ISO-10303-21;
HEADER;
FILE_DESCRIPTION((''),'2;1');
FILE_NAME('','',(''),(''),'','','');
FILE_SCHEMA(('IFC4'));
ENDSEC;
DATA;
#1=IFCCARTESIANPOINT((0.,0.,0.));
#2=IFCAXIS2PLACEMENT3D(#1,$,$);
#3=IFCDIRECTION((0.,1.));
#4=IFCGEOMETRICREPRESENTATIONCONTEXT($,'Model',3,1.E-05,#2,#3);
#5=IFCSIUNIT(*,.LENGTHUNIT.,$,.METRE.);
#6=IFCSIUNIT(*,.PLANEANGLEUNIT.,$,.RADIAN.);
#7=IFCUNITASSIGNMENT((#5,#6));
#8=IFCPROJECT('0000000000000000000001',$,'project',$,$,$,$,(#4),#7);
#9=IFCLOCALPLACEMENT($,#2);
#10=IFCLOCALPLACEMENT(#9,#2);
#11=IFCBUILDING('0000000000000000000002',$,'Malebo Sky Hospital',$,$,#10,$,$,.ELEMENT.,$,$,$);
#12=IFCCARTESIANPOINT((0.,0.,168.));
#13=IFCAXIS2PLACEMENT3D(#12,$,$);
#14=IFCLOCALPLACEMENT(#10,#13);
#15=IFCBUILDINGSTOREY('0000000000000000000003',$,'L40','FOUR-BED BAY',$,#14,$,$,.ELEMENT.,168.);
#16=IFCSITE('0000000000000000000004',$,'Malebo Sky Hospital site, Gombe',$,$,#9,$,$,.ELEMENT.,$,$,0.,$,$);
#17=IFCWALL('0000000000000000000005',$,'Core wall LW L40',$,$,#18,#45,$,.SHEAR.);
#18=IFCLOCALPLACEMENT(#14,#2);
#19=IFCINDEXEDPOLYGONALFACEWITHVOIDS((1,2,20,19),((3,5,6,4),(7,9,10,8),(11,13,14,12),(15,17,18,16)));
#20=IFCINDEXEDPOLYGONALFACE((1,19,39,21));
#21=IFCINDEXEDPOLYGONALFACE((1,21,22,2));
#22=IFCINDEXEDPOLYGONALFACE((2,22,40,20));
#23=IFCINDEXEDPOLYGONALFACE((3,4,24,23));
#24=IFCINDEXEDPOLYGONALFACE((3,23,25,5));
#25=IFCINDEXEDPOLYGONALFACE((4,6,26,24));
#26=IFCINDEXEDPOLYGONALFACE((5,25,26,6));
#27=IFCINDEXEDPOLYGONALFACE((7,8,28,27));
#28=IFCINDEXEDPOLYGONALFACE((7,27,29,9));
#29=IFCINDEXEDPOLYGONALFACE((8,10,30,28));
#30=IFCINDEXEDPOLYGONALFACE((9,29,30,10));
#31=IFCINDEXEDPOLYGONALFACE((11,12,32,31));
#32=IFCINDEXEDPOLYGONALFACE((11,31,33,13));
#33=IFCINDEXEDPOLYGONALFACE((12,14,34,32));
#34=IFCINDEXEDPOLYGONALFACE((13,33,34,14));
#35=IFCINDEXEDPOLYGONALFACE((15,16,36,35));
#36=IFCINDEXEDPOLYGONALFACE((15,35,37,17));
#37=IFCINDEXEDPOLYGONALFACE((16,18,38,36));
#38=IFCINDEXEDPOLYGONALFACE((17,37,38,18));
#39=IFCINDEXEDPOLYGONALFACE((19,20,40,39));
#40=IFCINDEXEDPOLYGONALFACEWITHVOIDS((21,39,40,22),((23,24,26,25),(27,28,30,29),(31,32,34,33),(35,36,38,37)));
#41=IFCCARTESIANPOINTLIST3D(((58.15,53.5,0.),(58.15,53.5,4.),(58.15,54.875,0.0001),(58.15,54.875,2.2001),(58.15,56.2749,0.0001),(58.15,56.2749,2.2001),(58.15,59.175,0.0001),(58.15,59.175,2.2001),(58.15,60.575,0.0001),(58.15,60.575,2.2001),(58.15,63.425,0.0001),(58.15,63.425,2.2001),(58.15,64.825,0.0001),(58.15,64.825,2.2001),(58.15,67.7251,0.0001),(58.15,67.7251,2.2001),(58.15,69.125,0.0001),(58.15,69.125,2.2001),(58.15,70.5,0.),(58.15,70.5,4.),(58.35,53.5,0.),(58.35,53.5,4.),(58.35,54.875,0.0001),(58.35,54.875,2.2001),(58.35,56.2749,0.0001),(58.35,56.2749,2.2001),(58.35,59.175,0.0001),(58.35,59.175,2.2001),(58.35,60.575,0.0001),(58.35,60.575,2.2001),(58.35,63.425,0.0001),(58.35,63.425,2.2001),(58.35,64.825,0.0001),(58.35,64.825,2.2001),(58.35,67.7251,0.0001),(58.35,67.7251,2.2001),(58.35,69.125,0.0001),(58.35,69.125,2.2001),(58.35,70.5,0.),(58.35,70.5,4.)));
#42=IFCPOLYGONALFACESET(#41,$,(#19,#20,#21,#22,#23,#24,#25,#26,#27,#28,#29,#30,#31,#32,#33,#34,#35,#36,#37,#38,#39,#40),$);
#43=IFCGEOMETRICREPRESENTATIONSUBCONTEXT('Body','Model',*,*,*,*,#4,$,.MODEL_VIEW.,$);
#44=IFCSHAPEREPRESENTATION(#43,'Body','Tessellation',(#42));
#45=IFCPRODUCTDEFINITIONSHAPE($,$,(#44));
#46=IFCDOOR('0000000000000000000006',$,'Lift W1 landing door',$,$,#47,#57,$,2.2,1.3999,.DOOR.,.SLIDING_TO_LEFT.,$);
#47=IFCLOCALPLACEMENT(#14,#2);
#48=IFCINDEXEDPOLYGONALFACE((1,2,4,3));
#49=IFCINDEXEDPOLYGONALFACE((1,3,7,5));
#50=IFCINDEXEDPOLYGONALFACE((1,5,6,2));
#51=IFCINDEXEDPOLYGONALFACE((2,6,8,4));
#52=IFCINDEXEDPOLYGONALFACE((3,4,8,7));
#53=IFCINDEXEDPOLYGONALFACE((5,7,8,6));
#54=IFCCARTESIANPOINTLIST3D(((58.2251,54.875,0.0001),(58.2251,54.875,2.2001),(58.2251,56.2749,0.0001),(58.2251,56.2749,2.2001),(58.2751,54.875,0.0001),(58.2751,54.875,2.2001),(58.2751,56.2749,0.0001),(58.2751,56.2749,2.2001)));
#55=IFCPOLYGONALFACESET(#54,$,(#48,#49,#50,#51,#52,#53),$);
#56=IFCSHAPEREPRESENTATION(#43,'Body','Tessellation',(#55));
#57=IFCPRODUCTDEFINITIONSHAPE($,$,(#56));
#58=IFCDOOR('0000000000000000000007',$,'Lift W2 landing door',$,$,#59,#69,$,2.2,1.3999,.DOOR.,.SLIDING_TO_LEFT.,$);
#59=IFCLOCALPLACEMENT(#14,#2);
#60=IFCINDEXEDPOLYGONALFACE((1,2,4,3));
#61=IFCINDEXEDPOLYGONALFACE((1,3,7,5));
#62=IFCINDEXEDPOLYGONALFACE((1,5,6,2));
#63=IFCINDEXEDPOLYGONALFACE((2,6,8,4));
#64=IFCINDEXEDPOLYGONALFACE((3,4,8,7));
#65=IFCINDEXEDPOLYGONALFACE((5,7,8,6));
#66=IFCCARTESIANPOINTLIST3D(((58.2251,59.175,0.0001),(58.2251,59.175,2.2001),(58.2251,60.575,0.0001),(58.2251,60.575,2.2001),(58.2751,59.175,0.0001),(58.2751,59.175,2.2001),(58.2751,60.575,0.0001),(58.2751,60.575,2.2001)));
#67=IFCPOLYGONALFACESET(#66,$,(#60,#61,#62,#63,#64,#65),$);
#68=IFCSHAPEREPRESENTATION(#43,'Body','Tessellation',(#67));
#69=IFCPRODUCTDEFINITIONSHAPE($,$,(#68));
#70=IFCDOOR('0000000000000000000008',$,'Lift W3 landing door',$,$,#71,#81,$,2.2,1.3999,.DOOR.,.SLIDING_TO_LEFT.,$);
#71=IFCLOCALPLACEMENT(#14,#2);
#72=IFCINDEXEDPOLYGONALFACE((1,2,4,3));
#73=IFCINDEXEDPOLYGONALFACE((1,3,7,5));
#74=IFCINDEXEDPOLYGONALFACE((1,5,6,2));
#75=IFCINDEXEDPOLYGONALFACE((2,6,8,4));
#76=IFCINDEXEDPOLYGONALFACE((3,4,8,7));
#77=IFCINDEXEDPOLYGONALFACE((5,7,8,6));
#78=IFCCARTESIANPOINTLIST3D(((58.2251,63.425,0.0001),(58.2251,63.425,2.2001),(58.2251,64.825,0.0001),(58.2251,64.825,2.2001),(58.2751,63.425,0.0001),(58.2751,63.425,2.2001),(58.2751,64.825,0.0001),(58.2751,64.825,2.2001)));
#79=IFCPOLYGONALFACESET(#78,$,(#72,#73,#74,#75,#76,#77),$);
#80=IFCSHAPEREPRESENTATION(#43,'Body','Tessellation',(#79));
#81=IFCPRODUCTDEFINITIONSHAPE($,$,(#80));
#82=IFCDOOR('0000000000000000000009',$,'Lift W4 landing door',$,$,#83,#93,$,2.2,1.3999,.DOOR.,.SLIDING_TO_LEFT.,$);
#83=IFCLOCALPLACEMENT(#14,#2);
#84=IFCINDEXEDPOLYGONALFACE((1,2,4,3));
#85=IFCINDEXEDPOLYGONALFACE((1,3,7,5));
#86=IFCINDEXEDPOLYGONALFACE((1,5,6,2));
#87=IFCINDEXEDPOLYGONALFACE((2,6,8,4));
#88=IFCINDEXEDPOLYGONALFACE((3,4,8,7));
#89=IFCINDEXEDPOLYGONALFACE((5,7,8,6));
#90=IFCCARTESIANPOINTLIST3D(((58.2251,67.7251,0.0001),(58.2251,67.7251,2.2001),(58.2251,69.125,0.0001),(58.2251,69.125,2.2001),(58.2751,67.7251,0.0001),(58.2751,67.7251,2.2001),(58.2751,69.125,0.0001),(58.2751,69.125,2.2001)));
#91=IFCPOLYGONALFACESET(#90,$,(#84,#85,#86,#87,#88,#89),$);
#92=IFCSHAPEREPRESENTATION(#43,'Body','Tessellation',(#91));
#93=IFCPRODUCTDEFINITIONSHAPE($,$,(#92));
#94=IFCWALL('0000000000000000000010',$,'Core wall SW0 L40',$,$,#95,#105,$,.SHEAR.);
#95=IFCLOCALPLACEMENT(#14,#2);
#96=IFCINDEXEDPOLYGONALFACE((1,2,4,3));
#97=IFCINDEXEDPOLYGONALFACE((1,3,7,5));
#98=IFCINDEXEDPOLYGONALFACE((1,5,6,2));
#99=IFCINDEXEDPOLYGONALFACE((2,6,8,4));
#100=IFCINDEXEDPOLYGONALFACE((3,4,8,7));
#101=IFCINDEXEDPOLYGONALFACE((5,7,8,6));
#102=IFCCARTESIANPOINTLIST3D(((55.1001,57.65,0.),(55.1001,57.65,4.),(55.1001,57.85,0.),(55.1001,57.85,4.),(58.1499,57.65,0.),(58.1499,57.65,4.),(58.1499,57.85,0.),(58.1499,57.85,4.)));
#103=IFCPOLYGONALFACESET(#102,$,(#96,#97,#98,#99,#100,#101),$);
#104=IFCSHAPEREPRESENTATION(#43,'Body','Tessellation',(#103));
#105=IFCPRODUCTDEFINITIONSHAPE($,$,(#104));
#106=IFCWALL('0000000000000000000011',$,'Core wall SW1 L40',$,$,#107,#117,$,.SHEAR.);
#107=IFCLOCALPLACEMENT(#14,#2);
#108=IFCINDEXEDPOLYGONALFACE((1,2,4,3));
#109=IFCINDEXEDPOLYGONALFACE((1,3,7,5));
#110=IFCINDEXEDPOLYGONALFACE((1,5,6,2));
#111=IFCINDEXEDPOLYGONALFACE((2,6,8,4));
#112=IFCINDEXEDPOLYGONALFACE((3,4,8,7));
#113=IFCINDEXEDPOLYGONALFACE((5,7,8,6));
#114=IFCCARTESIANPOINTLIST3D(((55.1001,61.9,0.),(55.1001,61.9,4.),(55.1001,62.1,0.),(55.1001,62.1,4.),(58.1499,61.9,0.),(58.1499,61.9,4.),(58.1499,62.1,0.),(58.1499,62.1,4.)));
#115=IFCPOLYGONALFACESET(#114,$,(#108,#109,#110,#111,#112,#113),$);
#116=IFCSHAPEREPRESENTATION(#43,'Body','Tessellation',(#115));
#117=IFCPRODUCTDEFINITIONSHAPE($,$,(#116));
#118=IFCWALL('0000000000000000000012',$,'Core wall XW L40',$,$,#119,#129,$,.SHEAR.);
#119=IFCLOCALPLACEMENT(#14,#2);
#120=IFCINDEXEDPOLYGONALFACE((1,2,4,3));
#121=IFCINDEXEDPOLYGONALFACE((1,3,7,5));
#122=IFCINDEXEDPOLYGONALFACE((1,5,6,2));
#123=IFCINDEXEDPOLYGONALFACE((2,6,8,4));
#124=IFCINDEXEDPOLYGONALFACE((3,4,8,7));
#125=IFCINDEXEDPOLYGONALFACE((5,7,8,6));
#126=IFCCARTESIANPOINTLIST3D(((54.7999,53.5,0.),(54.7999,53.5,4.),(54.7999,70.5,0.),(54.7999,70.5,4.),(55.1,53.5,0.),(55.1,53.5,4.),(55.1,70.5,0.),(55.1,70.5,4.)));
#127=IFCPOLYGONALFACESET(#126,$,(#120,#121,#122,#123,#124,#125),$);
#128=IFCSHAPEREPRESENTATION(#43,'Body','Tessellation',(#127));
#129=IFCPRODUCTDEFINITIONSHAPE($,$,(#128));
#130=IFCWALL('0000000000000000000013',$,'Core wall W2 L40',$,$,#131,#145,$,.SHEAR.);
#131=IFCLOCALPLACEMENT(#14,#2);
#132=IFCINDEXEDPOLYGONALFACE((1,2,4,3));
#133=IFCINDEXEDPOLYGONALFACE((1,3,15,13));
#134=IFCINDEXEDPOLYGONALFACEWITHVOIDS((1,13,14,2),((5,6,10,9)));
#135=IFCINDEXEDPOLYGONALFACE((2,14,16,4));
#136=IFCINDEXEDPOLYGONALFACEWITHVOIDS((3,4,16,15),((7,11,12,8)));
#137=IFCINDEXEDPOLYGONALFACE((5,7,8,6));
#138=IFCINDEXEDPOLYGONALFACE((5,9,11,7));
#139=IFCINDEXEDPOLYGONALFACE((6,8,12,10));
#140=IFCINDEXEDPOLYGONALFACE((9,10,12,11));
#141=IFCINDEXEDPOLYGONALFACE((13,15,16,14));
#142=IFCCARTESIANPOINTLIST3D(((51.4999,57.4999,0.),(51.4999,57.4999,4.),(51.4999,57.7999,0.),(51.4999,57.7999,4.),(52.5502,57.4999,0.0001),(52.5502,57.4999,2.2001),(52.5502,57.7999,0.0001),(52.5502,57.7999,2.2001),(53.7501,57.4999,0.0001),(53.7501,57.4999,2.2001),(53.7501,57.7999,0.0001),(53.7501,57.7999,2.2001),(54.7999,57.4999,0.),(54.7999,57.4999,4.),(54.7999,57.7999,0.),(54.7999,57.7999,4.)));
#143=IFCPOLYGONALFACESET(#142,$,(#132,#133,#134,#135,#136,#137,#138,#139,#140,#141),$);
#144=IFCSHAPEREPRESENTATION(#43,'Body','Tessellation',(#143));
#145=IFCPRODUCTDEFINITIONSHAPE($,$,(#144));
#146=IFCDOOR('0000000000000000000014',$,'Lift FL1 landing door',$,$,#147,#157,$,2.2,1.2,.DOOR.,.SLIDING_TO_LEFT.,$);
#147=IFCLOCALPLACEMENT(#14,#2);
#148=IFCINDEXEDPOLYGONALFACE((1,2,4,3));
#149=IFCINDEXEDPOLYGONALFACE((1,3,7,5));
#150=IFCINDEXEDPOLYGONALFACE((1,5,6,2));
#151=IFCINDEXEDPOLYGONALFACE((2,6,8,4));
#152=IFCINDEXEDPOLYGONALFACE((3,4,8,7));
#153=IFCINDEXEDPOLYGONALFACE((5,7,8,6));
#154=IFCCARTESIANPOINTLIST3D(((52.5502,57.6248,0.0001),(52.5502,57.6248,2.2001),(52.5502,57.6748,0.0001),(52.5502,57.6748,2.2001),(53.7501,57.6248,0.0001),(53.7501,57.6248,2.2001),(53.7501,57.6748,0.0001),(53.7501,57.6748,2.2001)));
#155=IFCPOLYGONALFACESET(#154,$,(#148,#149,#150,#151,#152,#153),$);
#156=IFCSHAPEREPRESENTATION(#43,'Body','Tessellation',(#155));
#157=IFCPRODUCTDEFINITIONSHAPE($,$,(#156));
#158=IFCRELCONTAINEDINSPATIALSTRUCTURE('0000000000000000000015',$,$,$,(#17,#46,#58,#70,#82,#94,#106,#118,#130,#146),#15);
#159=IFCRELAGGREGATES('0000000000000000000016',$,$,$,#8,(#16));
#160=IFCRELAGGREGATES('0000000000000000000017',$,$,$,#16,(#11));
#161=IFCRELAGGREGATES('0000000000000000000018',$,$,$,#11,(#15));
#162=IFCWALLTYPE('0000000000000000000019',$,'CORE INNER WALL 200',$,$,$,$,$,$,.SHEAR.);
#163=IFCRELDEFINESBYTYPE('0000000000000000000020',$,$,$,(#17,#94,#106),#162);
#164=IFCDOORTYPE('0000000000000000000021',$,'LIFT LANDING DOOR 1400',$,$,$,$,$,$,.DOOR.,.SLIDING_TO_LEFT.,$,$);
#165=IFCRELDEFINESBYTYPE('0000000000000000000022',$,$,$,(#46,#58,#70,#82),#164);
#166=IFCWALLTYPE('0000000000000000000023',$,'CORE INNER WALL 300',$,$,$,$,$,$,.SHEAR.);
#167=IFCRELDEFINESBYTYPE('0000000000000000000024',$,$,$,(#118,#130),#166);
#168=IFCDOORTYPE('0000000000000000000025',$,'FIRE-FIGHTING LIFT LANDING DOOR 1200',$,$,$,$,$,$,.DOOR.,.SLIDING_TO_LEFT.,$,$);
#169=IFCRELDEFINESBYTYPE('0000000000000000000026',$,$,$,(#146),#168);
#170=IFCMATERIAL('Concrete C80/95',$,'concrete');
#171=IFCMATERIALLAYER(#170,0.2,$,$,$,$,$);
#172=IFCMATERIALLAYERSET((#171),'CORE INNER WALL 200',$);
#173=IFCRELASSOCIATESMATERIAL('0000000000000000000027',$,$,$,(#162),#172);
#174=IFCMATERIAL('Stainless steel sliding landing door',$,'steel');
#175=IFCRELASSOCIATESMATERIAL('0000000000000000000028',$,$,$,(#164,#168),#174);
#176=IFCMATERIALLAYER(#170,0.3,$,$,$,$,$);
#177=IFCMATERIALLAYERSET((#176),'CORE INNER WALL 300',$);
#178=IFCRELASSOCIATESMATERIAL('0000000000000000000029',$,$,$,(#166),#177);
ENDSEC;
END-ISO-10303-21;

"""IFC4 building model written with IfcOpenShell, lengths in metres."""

from ifc_helpers import new_model, si_unit, direction, frame, frame_2d, origin, place, context, subcontext, project, spatial, rectangle, extrude, material, layer, layer_set, type_object, element, fill, save


model = new_model("IFC4")

# Units and contexts
model_context = context("Model", 3, precision=1e-05, world=origin(), true_north=direction((0.0, 1.0)))
body_context = subcontext(model_context, "Body", "Model", "MODEL_VIEW")
ifc_project = project(units=[si_unit("LENGTHUNIT", "METRE"), si_unit("PLANEANGLEUNIT", "RADIAN")], contexts=[model_context])

# Site, building, storey
site_placement = place(None, origin())
site = spatial("IfcSite", under=ifc_project, at=site_placement, Name="Malebo Sky Hospital site, Gombe", CompositionType="ELEMENT", RefElevation=0.0)
building_placement = place(site_placement, origin())
building = spatial("IfcBuilding", under=site, at=building_placement, Name="Malebo Sky Hospital", CompositionType="ELEMENT")
storey_placement = place(building_placement, frame((0.0, 0.0, 168.0)))
storey = spatial("IfcBuildingStorey", under=building, at=storey_placement, Name="L40", Description="FOUR-BED BAY", CompositionType="ELEMENT", Elevation=168.0)

# Wall, openings, doors
ifc_material_1 = material(Name="Concrete C80/95", Category="concrete")
ifc_layer_1 = layer(ifc_material_1, 0.2)
ifc_layer_set_1 = layer_set([ifc_layer_1], Name="CORE INNER WALL 200")
wall_type_1 = type_object("IfcWallType", Name="CORE INNER WALL 200", PredefinedType="SHEAR", material=ifc_layer_set_1)
wall_1_placement = place(storey_placement, frame((58.25, 53.5, 0.0), z_axis=(0.0, 0.0, 1.0), x_axis=(0.0, 1.0, 0.0)))
wall_1 = element("IfcWall", 1, at=wall_1_placement, inside=storey, type_object=wall_type_1, Name="Core wall LW L40", PredefinedType="SHEAR", context=body_context, shape_type="SweptSolid", body=[
    extrude(rectangle(XDim=17.0, YDim=0.2, at=frame_2d((8.5, 0.0))), origin(), (0.0, 0.0, 1.0), 4.0),
])
opening_1_placement = place(wall_1_placement, frame((1.375, 0.0, 0.0)))
opening_1 = element("IfcOpeningElement", 2, at=opening_1_placement, cuts=wall_1, PredefinedType="OPENING", context=body_context, shape_type="SweptSolid", body=[
    extrude(rectangle(XDim=1.3999, YDim=2.2, at=frame_2d((0.7, 1.1001))), frame((0.0, 0.1099, 0.0), z_axis=(0.0, -1.0, 0.0), x_axis=(1.0, 0.0, 0.0)), (0.0, 0.0, 1.0), 0.22),
])
opening_2_placement = place(wall_1_placement, frame((5.675, 0.0, 0.0)))
opening_2 = element("IfcOpeningElement", 3, at=opening_2_placement, cuts=wall_1, PredefinedType="OPENING", context=body_context, shape_type="SweptSolid", body=[
    extrude(rectangle(XDim=1.3999, YDim=2.2, at=frame_2d((0.7, 1.1001))), frame((0.0, 0.1099, 0.0), z_axis=(0.0, -1.0, 0.0), x_axis=(1.0, 0.0, 0.0)), (0.0, 0.0, 1.0), 0.22),
])
opening_3_placement = place(wall_1_placement, frame((9.925, 0.0, 0.0)))
opening_3 = element("IfcOpeningElement", 4, at=opening_3_placement, cuts=wall_1, PredefinedType="OPENING", context=body_context, shape_type="SweptSolid", body=[
    extrude(rectangle(XDim=1.3999, YDim=2.2, at=frame_2d((0.7, 1.1001))), frame((0.0, 0.1099, 0.0), z_axis=(0.0, -1.0, 0.0), x_axis=(1.0, 0.0, 0.0)), (0.0, 0.0, 1.0), 0.22),
])
opening_4_placement = place(wall_1_placement, frame((14.2251, 0.0, 0.0)))
opening_4 = element("IfcOpeningElement", 5, at=opening_4_placement, cuts=wall_1, PredefinedType="OPENING", context=body_context, shape_type="SweptSolid", body=[
    extrude(rectangle(XDim=1.3999, YDim=2.2, at=frame_2d((0.7, 1.1001))), frame((0.0, 0.1099, 0.0), z_axis=(0.0, -1.0, 0.0), x_axis=(1.0, 0.0, 0.0)), (0.0, 0.0, 1.0), 0.22),
])
ifc_material_2 = material(Name="Stainless steel sliding landing door", Category="steel")
door_type_1 = type_object("IfcDoorType", Name="LIFT LANDING DOOR 1400", OperationType="SLIDING_TO_LEFT", PredefinedType="DOOR", material=ifc_material_2)
door_1_placement = place(opening_1_placement, origin())
door_1 = element("IfcDoor", 6, at=door_1_placement, inside=storey, type_object=door_type_1, Name="Lift W1 landing door", OperationType="SLIDING_TO_LEFT", OverallHeight=2.2, OverallWidth=1.3999, PredefinedType="DOOR", context=body_context, shape_type="SweptSolid", body=[
    extrude(rectangle(XDim=1.3999, YDim=2.2, at=frame_2d((0.7, 1.1001))), frame((0.0, 0.0249, 0.0), z_axis=(0.0, -1.0, 0.0), x_axis=(1.0, 0.0, 0.0)), (0.0, 0.0, 1.0), 0.05),
])
fill(opening_1, door_1)
door_2_placement = place(opening_2_placement, origin())
door_2 = element("IfcDoor", 7, at=door_2_placement, inside=storey, type_object=door_type_1, Name="Lift W2 landing door", OperationType="SLIDING_TO_LEFT", OverallHeight=2.2, OverallWidth=1.3999, PredefinedType="DOOR", context=body_context, shape_type="SweptSolid", body=[
    extrude(rectangle(XDim=1.3999, YDim=2.2, at=frame_2d((0.7, 1.1001))), frame((0.0, 0.0249, 0.0), z_axis=(0.0, -1.0, 0.0), x_axis=(1.0, 0.0, 0.0)), (0.0, 0.0, 1.0), 0.05),
])
fill(opening_2, door_2)
door_3_placement = place(opening_3_placement, origin())
door_3 = element("IfcDoor", 8, at=door_3_placement, inside=storey, type_object=door_type_1, Name="Lift W3 landing door", OperationType="SLIDING_TO_LEFT", OverallHeight=2.2, OverallWidth=1.3999, PredefinedType="DOOR", context=body_context, shape_type="SweptSolid", body=[
    extrude(rectangle(XDim=1.3999, YDim=2.2, at=frame_2d((0.7, 1.1001))), frame((0.0, 0.0249, 0.0), z_axis=(0.0, -1.0, 0.0), x_axis=(1.0, 0.0, 0.0)), (0.0, 0.0, 1.0), 0.05),
])
fill(opening_3, door_3)
door_4_placement = place(opening_4_placement, origin())
door_4 = element("IfcDoor", 9, at=door_4_placement, inside=storey, type_object=door_type_1, Name="Lift W4 landing door", OperationType="SLIDING_TO_LEFT", OverallHeight=2.2, OverallWidth=1.3999, PredefinedType="DOOR", context=body_context, shape_type="SweptSolid", body=[
    extrude(rectangle(XDim=1.3999, YDim=2.2, at=frame_2d((0.7, 1.1001))), frame((0.0, 0.0249, 0.0), z_axis=(0.0, -1.0, 0.0), x_axis=(1.0, 0.0, 0.0)), (0.0, 0.0, 1.0), 0.05),
])
fill(opening_4, door_4)

# Walls
for number, where, z_axis, x_axis, name in (
    (10, (55.1001, 57.75, 0.0), (0.0, 0.0, 1.0), (1.0, 0.0, 0.0), "Core wall SW0 L40"),
    (11, (55.1001, 62.0, 0.0), (0.0, 0.0, 1.0), (1.0, 0.0, 0.0), "Core wall SW1 L40"),
):
    element("IfcWall", number, at=place(storey_placement, frame(where, z_axis=z_axis, x_axis=x_axis)), inside=storey, type_object=wall_type_1, Name=name, PredefinedType="SHEAR", context=body_context, shape_type="SweptSolid", body=[
        extrude(rectangle(XDim=3.0498, YDim=0.2, at=frame_2d((1.5249, 0.0))), origin(), (0.0, 0.0, 1.0), 4.0),
    ])
ifc_layer_2 = layer(ifc_material_1, 0.3)
ifc_layer_set_2 = layer_set([ifc_layer_2], Name="CORE INNER WALL 300")
wall_type_2 = type_object("IfcWallType", Name="CORE INNER WALL 300", PredefinedType="SHEAR", material=ifc_layer_set_2)
wall_2_placement = place(storey_placement, frame((54.95, 53.5, 0.0), z_axis=(0.0, 0.0, 1.0), x_axis=(0.0, 1.0, 0.0)))
element("IfcWall", 12, at=wall_2_placement, inside=storey, type_object=wall_type_2, Name="Core wall XW L40", PredefinedType="SHEAR", context=body_context, shape_type="SweptSolid", body=[
    extrude(rectangle(XDim=17.0, YDim=0.3, at=frame_2d((8.5, 0.0))), origin(), (0.0, 0.0, 1.0), 4.0),
])

# Wall, opening, door
wall_3_placement = place(storey_placement, frame((51.5, 57.6499, 0.0), z_axis=(0.0, 0.0, 1.0), x_axis=(1.0, 0.0, 0.0)))
wall_3 = element("IfcWall", 13, at=wall_3_placement, inside=storey, type_object=wall_type_2, Name="Core wall W2 L40", PredefinedType="SHEAR", context=body_context, shape_type="SweptSolid", body=[
    extrude(rectangle(XDim=3.3, YDim=0.3, at=frame_2d((1.6499, 0.0))), origin(), (0.0, 0.0, 1.0), 4.0),
])
opening_5_placement = place(wall_3_placement, frame((1.05, 0.0, 0.0)))
opening_5 = element("IfcOpeningElement", 14, at=opening_5_placement, cuts=wall_3, PredefinedType="OPENING", context=body_context, shape_type="SweptSolid", body=[
    extrude(rectangle(XDim=1.2, YDim=2.2, at=frame_2d((0.6001, 1.1001))), frame((0.0, 0.1599, 0.0), z_axis=(0.0, -1.0, 0.0), x_axis=(1.0, 0.0, 0.0)), (0.0, 0.0, 1.0), 0.3201),
])
door_type_2 = type_object("IfcDoorType", Name="FIRE-FIGHTING LIFT LANDING DOOR 1200", OperationType="SLIDING_TO_LEFT", PredefinedType="DOOR", material=ifc_material_2)
door_5_placement = place(opening_5_placement, origin())
door_5 = element("IfcDoor", 15, at=door_5_placement, inside=storey, type_object=door_type_2, Name="Lift FL1 landing door", OperationType="SLIDING_TO_LEFT", OverallHeight=2.2, OverallWidth=1.2, PredefinedType="DOOR", context=body_context, shape_type="SweptSolid", body=[
    extrude(rectangle(XDim=1.2, YDim=2.2, at=frame_2d((0.6001, 1.1001))), frame((0.0, 0.0249, 0.0), z_axis=(0.0, -1.0, 0.0), x_axis=(1.0, 0.0, 0.0)), (0.0, 0.0, 1.0), 0.05),
])
fill(opening_5, door_5)

save(model, "model.ifc")
